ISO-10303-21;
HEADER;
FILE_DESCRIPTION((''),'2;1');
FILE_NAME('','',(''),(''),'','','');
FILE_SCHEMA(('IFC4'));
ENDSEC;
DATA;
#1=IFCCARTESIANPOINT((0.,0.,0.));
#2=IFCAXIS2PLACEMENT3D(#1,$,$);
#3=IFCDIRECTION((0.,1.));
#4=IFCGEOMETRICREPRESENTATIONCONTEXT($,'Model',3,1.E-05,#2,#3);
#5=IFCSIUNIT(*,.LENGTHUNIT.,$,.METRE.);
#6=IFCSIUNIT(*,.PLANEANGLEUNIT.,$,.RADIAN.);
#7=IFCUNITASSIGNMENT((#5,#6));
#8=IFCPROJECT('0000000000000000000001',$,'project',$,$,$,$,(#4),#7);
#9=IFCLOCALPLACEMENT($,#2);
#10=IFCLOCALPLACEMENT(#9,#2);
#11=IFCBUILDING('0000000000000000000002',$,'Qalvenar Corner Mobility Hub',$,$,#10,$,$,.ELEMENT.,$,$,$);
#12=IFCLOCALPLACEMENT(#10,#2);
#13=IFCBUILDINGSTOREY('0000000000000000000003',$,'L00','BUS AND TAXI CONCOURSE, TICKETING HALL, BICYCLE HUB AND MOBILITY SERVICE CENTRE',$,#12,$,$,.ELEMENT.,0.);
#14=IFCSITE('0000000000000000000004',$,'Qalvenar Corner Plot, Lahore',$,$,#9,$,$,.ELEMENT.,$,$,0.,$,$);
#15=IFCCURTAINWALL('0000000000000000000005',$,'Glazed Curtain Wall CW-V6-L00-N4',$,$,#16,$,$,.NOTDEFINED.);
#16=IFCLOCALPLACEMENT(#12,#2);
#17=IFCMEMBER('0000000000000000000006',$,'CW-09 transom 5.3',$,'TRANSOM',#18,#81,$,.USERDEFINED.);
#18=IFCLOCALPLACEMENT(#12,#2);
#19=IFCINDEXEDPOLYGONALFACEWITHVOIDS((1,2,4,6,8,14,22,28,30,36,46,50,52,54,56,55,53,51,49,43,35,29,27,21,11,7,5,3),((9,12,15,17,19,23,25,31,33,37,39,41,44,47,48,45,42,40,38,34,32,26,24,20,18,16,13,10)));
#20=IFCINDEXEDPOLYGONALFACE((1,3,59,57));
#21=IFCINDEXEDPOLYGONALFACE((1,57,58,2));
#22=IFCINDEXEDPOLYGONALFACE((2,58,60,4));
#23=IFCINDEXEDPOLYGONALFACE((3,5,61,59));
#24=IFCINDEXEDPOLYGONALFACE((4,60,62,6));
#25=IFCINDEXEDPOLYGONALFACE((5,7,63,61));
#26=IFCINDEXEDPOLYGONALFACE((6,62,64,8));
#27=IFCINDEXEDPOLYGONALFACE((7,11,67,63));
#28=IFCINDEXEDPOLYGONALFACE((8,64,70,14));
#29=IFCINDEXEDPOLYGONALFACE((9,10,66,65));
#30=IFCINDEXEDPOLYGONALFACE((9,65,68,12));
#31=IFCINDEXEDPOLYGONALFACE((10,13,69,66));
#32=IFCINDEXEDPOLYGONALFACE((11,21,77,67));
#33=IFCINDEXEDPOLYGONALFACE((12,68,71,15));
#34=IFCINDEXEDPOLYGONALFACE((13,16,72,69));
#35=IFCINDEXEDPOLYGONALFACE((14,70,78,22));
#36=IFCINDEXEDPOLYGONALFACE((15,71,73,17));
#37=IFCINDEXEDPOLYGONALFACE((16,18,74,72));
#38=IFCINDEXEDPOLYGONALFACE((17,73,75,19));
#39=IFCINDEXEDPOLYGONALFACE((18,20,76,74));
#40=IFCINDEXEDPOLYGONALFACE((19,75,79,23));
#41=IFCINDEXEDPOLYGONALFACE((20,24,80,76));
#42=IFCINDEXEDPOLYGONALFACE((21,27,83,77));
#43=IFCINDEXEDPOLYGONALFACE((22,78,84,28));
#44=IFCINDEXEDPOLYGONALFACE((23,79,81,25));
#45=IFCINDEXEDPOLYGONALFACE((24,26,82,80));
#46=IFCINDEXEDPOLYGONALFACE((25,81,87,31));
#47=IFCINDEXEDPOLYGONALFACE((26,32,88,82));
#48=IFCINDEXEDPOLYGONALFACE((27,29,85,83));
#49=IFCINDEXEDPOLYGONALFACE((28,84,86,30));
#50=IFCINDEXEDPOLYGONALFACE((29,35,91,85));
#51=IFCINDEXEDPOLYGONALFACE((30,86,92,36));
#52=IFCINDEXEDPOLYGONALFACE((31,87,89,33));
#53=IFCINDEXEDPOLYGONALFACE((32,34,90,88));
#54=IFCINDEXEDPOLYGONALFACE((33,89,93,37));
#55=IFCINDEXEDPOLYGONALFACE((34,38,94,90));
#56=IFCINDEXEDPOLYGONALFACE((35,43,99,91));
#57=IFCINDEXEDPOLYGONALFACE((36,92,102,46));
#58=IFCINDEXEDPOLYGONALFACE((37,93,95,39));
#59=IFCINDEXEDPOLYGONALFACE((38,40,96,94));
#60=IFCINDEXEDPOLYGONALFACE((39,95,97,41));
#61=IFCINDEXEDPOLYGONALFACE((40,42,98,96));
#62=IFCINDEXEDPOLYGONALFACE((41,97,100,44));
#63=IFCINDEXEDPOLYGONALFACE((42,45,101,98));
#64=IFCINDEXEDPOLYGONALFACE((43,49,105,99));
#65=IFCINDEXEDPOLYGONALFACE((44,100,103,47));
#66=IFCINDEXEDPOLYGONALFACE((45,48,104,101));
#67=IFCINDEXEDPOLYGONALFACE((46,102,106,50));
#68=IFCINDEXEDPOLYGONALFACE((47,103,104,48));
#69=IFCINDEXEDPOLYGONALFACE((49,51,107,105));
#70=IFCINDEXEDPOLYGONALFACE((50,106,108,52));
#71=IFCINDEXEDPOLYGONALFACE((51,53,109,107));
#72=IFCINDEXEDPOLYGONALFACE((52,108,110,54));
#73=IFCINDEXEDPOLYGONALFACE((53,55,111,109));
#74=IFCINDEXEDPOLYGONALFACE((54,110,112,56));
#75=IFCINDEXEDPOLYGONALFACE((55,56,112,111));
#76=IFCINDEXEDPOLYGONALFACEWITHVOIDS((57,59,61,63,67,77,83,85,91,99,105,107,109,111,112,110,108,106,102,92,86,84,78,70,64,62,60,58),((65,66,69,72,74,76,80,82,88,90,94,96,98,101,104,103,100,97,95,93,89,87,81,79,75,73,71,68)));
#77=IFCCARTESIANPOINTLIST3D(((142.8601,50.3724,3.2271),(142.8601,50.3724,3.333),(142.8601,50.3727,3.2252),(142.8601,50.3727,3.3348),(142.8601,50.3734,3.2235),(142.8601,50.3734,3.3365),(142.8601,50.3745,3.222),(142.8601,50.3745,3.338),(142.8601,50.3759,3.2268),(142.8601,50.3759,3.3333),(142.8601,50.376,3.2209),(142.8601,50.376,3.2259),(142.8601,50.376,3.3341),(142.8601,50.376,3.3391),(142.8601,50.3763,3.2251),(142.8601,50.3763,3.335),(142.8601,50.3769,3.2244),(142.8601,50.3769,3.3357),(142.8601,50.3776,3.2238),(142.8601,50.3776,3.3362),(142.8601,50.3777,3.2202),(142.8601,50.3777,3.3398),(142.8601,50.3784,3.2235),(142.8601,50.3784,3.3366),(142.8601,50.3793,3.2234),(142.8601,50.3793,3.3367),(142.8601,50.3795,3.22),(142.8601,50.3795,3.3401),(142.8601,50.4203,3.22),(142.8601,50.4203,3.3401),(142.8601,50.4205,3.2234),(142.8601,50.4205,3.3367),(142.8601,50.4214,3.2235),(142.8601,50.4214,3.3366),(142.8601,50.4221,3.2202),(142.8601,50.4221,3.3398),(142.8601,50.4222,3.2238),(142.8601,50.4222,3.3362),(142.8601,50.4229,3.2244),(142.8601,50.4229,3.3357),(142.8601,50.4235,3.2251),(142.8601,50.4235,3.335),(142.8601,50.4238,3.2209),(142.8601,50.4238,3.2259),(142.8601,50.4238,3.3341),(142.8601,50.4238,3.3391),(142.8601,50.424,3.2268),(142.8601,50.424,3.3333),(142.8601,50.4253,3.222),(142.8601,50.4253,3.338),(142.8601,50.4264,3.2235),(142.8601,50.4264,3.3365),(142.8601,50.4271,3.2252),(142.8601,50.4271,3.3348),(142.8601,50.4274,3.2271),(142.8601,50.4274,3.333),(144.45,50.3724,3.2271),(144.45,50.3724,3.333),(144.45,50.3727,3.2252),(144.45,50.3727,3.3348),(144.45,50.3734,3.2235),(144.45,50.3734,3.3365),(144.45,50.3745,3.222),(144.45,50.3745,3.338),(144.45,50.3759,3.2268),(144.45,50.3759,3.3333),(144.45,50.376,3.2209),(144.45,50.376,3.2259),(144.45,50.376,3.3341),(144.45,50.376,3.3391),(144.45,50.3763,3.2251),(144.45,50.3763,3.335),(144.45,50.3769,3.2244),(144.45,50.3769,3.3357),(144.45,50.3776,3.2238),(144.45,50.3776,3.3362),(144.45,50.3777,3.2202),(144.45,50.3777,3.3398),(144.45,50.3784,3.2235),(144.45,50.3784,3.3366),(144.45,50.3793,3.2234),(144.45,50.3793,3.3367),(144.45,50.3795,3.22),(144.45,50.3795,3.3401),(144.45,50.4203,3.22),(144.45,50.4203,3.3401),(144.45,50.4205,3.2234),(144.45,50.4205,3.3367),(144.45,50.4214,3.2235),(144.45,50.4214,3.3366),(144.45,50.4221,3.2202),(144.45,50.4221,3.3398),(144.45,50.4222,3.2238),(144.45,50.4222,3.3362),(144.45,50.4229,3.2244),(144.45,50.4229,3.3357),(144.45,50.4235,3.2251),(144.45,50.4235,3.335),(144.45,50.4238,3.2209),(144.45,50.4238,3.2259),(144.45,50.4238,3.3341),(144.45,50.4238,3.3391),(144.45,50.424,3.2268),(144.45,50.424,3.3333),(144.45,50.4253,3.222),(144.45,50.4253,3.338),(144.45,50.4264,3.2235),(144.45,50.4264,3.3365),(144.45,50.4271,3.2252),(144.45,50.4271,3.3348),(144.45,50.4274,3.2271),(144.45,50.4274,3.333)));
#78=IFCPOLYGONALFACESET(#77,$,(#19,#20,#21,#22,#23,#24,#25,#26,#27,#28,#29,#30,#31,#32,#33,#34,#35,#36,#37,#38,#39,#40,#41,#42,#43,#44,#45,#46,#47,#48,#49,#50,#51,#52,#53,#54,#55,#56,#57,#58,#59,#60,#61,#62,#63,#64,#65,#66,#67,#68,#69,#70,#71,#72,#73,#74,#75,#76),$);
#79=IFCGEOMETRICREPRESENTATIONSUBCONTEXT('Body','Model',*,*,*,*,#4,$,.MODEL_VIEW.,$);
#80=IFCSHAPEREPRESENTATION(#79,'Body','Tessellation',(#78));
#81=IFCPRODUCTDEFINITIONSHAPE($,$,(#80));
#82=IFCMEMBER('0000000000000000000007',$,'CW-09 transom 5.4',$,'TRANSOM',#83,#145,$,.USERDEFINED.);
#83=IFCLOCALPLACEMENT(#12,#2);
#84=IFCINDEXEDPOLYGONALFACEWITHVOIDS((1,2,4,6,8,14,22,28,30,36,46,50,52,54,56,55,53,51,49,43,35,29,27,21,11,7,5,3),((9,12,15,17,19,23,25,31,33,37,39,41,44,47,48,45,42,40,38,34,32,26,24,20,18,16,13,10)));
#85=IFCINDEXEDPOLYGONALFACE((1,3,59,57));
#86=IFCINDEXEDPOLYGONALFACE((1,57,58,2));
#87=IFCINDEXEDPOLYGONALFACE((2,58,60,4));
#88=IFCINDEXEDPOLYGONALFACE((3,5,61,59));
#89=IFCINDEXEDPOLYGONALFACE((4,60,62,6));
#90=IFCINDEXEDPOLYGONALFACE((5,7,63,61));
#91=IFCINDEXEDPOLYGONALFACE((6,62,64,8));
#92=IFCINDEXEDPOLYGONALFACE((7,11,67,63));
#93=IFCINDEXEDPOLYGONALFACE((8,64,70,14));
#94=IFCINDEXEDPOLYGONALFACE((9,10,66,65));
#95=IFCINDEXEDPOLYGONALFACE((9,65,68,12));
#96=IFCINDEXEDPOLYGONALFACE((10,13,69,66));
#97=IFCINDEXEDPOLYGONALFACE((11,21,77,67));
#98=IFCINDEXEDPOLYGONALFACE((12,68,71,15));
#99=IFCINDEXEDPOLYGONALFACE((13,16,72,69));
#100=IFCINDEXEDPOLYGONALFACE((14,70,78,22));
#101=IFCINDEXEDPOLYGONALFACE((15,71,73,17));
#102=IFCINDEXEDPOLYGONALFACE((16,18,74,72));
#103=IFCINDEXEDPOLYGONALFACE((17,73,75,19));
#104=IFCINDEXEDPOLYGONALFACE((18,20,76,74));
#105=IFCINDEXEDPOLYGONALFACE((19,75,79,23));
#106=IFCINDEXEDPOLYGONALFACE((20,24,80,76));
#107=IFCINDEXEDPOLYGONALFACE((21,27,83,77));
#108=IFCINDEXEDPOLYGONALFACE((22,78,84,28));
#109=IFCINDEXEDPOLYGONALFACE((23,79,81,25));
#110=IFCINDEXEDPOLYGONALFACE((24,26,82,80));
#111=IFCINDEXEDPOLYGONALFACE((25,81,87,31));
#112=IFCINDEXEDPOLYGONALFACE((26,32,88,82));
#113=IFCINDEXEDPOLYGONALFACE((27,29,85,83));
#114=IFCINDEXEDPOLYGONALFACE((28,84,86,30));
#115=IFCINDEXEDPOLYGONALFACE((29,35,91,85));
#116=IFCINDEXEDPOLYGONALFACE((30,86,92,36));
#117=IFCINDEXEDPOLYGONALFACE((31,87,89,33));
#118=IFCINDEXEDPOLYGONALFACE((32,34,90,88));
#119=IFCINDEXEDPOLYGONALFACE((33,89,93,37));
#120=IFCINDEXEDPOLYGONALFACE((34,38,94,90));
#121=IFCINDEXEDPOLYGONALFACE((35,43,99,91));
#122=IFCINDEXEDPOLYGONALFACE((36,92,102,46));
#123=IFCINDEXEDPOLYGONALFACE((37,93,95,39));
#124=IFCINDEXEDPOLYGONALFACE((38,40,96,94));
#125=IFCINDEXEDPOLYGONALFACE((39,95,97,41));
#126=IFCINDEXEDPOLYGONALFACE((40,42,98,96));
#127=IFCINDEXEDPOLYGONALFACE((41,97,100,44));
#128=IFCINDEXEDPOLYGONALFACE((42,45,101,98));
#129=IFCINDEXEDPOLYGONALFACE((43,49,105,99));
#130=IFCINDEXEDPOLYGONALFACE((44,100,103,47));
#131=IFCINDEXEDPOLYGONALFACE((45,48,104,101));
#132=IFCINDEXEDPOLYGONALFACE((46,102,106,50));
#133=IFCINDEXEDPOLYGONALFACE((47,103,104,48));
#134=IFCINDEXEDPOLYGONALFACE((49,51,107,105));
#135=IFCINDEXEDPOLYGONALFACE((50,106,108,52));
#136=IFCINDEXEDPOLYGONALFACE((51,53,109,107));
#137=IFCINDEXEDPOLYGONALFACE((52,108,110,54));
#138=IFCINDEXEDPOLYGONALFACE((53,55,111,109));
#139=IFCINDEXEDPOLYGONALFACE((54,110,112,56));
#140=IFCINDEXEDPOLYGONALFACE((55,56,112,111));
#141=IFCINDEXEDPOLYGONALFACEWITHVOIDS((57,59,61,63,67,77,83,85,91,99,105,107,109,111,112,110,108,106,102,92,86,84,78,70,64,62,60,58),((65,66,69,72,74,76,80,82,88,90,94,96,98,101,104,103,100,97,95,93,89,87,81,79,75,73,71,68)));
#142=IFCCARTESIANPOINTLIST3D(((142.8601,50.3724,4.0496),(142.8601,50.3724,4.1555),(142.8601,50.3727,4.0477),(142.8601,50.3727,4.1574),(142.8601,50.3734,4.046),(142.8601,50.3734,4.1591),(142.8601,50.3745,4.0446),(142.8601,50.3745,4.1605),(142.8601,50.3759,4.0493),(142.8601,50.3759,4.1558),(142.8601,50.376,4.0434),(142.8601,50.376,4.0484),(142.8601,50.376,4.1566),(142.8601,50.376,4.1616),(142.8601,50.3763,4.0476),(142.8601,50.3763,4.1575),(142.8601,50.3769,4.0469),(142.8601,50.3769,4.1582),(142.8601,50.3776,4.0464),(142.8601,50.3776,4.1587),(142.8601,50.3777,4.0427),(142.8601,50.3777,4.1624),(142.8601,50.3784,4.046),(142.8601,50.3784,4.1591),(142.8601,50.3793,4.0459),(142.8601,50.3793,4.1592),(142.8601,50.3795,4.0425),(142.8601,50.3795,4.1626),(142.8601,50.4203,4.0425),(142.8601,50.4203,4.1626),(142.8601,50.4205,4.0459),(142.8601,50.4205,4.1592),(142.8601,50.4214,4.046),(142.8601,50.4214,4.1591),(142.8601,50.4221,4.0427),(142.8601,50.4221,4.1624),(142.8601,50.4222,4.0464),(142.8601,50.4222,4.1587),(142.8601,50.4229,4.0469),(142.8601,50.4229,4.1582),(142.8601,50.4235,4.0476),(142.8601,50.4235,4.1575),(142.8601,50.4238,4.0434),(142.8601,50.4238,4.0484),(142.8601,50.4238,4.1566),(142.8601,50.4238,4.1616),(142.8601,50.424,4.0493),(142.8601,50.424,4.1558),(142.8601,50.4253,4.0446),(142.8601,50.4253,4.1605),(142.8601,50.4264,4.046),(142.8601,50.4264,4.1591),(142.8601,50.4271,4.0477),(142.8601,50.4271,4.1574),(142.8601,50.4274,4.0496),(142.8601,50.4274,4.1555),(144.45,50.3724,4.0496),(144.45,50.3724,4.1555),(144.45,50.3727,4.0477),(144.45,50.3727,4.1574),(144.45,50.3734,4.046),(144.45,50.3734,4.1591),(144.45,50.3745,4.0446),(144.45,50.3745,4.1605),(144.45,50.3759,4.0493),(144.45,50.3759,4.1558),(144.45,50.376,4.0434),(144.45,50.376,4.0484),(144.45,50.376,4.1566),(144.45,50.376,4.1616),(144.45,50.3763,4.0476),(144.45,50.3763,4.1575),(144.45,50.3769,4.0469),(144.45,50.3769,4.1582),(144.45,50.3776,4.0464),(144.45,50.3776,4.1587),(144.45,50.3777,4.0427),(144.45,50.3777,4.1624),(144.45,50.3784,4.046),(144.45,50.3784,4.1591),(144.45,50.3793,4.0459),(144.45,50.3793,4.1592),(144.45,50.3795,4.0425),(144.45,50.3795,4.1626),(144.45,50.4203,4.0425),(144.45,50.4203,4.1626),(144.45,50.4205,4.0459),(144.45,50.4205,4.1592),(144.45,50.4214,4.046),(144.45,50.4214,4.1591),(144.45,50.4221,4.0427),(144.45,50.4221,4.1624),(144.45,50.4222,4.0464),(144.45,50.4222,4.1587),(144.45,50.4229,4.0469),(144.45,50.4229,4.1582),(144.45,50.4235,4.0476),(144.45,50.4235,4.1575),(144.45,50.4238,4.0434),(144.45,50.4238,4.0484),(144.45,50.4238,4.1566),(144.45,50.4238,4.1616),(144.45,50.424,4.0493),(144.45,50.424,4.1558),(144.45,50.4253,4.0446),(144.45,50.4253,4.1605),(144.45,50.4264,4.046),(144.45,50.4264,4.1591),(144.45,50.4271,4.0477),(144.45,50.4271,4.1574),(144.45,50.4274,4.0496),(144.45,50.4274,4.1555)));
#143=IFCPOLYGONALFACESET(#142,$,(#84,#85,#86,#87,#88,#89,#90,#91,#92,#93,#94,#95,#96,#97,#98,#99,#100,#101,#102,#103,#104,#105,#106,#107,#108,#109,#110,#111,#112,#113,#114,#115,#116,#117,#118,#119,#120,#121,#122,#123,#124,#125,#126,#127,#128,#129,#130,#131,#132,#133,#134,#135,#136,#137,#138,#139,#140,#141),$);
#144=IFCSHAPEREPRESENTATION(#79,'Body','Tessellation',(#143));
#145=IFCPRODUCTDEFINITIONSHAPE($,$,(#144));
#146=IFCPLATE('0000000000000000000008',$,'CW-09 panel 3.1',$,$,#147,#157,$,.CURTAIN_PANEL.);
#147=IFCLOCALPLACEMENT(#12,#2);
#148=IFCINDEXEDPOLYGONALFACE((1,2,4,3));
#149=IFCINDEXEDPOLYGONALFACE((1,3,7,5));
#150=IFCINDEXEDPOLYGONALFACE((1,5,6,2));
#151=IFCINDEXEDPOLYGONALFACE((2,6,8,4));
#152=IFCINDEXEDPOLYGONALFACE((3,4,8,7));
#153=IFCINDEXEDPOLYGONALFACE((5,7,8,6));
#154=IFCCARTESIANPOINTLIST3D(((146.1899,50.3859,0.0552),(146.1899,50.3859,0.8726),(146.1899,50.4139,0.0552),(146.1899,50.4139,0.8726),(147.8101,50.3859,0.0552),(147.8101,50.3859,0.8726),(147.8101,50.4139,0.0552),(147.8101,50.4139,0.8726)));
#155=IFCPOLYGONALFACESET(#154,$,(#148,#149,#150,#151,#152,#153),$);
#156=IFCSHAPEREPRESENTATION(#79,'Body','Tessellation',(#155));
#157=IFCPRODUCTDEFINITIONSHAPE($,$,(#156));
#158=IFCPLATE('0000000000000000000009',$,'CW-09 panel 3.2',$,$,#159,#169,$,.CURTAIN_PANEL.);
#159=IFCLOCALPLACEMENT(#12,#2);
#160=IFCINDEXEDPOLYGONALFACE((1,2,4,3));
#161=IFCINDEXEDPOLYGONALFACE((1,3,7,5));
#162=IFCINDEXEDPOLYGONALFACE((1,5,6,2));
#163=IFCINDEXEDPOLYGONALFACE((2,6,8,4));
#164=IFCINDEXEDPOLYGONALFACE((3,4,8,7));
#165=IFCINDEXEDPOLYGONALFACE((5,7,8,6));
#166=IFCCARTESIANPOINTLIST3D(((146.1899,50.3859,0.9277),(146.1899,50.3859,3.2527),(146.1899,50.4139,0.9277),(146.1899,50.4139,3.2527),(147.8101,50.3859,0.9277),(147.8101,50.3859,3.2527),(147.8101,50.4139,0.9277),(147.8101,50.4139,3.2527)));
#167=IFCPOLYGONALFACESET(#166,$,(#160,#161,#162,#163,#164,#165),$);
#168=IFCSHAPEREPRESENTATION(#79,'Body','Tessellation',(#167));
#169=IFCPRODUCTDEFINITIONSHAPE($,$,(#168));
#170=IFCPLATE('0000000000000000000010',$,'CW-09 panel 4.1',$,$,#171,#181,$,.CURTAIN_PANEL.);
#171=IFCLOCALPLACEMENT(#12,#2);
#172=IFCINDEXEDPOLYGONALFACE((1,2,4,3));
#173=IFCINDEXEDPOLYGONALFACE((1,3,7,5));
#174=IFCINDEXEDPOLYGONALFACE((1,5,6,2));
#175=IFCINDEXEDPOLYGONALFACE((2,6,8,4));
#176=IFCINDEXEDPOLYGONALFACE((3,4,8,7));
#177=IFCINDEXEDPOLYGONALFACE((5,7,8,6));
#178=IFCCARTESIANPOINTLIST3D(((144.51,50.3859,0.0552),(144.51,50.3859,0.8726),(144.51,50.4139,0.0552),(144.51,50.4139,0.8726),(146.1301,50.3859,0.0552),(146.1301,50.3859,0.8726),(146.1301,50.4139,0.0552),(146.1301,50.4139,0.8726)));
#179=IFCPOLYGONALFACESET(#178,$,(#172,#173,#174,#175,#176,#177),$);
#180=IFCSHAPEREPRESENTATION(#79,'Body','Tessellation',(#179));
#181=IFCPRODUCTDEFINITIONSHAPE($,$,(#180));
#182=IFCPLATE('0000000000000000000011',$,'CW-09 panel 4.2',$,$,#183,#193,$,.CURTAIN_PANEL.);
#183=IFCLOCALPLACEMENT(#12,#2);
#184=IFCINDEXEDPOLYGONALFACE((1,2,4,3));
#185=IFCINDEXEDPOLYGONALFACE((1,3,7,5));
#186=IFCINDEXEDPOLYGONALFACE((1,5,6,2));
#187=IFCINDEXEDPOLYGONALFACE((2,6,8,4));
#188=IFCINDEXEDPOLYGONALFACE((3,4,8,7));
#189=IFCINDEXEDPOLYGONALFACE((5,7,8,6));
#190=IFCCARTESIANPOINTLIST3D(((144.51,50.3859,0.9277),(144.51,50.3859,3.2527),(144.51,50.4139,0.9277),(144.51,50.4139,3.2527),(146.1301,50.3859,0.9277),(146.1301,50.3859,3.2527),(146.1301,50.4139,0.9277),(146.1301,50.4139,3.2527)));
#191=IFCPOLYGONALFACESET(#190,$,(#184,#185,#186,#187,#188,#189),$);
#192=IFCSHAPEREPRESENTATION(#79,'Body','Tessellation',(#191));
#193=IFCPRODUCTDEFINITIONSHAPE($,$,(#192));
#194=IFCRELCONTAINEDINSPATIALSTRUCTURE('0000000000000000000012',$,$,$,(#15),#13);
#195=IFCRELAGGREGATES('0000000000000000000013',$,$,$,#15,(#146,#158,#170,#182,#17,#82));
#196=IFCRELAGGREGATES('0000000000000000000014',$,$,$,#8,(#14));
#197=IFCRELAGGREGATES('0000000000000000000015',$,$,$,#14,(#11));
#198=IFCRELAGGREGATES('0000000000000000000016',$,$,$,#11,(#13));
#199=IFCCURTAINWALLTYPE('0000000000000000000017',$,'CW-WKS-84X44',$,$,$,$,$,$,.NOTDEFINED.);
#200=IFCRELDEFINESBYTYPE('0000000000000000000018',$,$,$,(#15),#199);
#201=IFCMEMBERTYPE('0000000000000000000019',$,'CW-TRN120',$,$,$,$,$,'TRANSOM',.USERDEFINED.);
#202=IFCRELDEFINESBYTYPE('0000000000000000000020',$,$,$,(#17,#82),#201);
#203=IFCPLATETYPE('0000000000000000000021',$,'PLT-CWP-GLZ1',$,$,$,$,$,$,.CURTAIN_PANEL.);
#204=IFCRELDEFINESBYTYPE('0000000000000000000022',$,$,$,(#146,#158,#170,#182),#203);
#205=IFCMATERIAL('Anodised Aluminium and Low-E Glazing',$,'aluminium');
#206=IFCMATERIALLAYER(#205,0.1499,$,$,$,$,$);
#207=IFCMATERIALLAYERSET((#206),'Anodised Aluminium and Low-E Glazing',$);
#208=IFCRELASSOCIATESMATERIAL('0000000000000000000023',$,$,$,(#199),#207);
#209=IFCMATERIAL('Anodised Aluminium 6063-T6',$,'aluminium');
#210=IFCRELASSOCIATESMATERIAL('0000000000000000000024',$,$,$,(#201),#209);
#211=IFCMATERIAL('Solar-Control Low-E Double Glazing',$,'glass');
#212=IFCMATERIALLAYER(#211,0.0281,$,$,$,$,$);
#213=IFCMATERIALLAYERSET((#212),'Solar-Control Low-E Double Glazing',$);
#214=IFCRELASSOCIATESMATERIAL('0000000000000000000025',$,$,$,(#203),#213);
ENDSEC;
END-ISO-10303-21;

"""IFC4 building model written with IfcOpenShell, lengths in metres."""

from ifc_helpers import new_model, si_unit, direction, frame, origin, origin_2d, place, context, subcontext, project, spatial, rectangle, hollow_rectangle, extrude, material, layer, layer_set, material_profile, profile_set, type_object, element, aggregate, save


model = new_model("IFC4")

# Units and contexts
model_context = context("Model", 3, precision=1e-05, world=origin(), true_north=direction((0.0, 1.0)))
body_context = subcontext(model_context, "Body", "Model", "MODEL_VIEW")
ifc_project = project(units=[si_unit("LENGTHUNIT", "METRE"), si_unit("PLANEANGLEUNIT", "RADIAN")], contexts=[model_context])

# Site, building, storey
site_placement = place(None, origin())
site = spatial("IfcSite", under=ifc_project, at=site_placement, Name="Qalvenar Corner Plot, Lahore", CompositionType="ELEMENT", RefElevation=0.0)
building_placement = place(site_placement, origin())
building = spatial("IfcBuilding", under=site, at=building_placement, Name="Qalvenar Corner Mobility Hub", CompositionType="ELEMENT")
storey_placement = place(building_placement, origin())
storey = spatial("IfcBuildingStorey", under=building, at=storey_placement, Name="L00", Description="BUS AND TAXI CONCOURSE, TICKETING HALL, BICYCLE HUB AND MOBILITY SERVICE CENTRE", CompositionType="ELEMENT", Elevation=0.0)

# Shared definitions
ifc_material_1 = material(Name="Anodised Aluminium and Low-E Glazing", Category="aluminium")
ifc_layer_1 = layer(ifc_material_1, 0.1499)
ifc_layer_set_1 = layer_set([ifc_layer_1], Name="Anodised Aluminium and Low-E Glazing")
curtain_wall_type = type_object("IfcCurtainWallType", Name="CW-WKS-84X44", PredefinedType="NOTDEFINED", material=ifc_layer_set_1)
ifc_material_2 = material(Name="Anodised Aluminium 6063-T6", Category="aluminium")

# Curtain wall
curtain_wall_1_placement = place(storey_placement, origin())
curtain_wall_1 = element("IfcCurtainWall", 1, at=curtain_wall_1_placement, inside=storey, type_object=curtain_wall_type, Name="Glazed Curtain Wall CW-V6-L00-N4", PredefinedType="NOTDEFINED")

# Members
ifc_material_profile_1 = material_profile(ifc_material_2, hollow_rectangle(XDim=0.0549, YDim=0.1201, WallThickness=0.0034, InnerFilletRadius=0.0034, OuterFilletRadius=0.0071, at=origin_2d()), Name="RHS120x55x3.5")
ifc_profile_set_1 = profile_set([ifc_material_profile_1], Name="Anodised Aluminium 6063-T6")
member_type_1 = type_object("IfcMemberType", Name="CW-TRN120", ElementType="TRANSOM", PredefinedType="USERDEFINED", material=ifc_profile_set_1)
member_1_placement = place(storey_placement, frame((144.45, 50.3999, 3.28), z_axis=(-1.0, 0.0, 0.0), x_axis=(0.0, -1.0, 0.0)))
member_1 = element("IfcMember", 2, at=member_1_placement, type_object=member_type_1, Name="CW-09 transom 5.3", ObjectType="TRANSOM", PredefinedType="USERDEFINED", context=body_context, shape_type="SweptSolid", body=[
    extrude(hollow_rectangle(XDim=0.0549, YDim=0.1201, WallThickness=0.0034, InnerFilletRadius=0.0034, OuterFilletRadius=0.0071, at=origin_2d()), origin(), (0.0, 0.0, 1.0), 1.5898),
])
member_2_placement = place(storey_placement, frame((144.45, 50.3999, 4.1025), z_axis=(-1.0, 0.0, 0.0), x_axis=(0.0, -1.0, 0.0)))
member_2 = element("IfcMember", 3, at=member_2_placement, type_object=member_type_1, Name="CW-09 transom 5.4", ObjectType="TRANSOM", PredefinedType="USERDEFINED", context=body_context, shape_type="SweptSolid", body=[
    extrude(hollow_rectangle(XDim=0.0549, YDim=0.1201, WallThickness=0.0034, InnerFilletRadius=0.0034, OuterFilletRadius=0.0071, at=origin_2d()), origin(), (0.0, 0.0, 1.0), 1.5898),
])

# Plates
ifc_material_3 = material(Name="Solar-Control Low-E Double Glazing", Category="glass")
ifc_layer_2 = layer(ifc_material_3, 0.0281)
ifc_layer_set_2 = layer_set([ifc_layer_2], Name="Solar-Control Low-E Double Glazing")
plate_type = type_object("IfcPlateType", Name="PLT-CWP-GLZ1", PredefinedType="CURTAIN_PANEL", material=ifc_layer_set_2)
plate_1_placement = place(storey_placement, frame((147.0, 50.3999, 0.0552), z_axis=(0.0, 0.0, 1.0), x_axis=(-1.0, 0.0, 0.0)))
plate_1 = element("IfcPlate", 4, at=plate_1_placement, type_object=plate_type, Name="CW-09 panel 3.1", PredefinedType="CURTAIN_PANEL", context=body_context, shape_type="SweptSolid", body=[
    extrude(rectangle(XDim=1.6201, YDim=0.0281, at=origin_2d()), origin(), (0.0, 0.0, 1.0), 0.8174),
])
plate_2_placement = place(storey_placement, frame((147.0, 50.3999, 0.9277), z_axis=(0.0, 0.0, 1.0), x_axis=(-1.0, 0.0, 0.0)))
plate_2 = element("IfcPlate", 5, at=plate_2_placement, type_object=plate_type, Name="CW-09 panel 3.2", PredefinedType="CURTAIN_PANEL", context=body_context, shape_type="SweptSolid", body=[
    extrude(rectangle(XDim=1.6201, YDim=0.0281, at=origin_2d()), origin(), (0.0, 0.0, 1.0), 2.325),
])
plate_3_placement = place(storey_placement, frame((145.3201, 50.3999, 0.0552), z_axis=(0.0, 0.0, 1.0), x_axis=(-1.0, 0.0, 0.0)))
plate_3 = element("IfcPlate", 6, at=plate_3_placement, type_object=plate_type, Name="CW-09 panel 4.1", PredefinedType="CURTAIN_PANEL", context=body_context, shape_type="SweptSolid", body=[
    extrude(rectangle(XDim=1.6201, YDim=0.0281, at=origin_2d()), origin(), (0.0, 0.0, 1.0), 0.8174),
])
plate_4_placement = place(storey_placement, frame((145.3201, 50.3999, 0.9277), z_axis=(0.0, 0.0, 1.0), x_axis=(-1.0, 0.0, 0.0)))
plate_4 = element("IfcPlate", 7, at=plate_4_placement, type_object=plate_type, Name="CW-09 panel 4.2", PredefinedType="CURTAIN_PANEL", context=body_context, shape_type="SweptSolid", body=[
    extrude(rectangle(XDim=1.6201, YDim=0.0281, at=origin_2d()), origin(), (0.0, 0.0, 1.0), 2.325),
])
aggregate(curtain_wall_1, [plate_1, plate_2, plate_3, plate_4, member_1, member_2])

save(model, "model.ifc")
